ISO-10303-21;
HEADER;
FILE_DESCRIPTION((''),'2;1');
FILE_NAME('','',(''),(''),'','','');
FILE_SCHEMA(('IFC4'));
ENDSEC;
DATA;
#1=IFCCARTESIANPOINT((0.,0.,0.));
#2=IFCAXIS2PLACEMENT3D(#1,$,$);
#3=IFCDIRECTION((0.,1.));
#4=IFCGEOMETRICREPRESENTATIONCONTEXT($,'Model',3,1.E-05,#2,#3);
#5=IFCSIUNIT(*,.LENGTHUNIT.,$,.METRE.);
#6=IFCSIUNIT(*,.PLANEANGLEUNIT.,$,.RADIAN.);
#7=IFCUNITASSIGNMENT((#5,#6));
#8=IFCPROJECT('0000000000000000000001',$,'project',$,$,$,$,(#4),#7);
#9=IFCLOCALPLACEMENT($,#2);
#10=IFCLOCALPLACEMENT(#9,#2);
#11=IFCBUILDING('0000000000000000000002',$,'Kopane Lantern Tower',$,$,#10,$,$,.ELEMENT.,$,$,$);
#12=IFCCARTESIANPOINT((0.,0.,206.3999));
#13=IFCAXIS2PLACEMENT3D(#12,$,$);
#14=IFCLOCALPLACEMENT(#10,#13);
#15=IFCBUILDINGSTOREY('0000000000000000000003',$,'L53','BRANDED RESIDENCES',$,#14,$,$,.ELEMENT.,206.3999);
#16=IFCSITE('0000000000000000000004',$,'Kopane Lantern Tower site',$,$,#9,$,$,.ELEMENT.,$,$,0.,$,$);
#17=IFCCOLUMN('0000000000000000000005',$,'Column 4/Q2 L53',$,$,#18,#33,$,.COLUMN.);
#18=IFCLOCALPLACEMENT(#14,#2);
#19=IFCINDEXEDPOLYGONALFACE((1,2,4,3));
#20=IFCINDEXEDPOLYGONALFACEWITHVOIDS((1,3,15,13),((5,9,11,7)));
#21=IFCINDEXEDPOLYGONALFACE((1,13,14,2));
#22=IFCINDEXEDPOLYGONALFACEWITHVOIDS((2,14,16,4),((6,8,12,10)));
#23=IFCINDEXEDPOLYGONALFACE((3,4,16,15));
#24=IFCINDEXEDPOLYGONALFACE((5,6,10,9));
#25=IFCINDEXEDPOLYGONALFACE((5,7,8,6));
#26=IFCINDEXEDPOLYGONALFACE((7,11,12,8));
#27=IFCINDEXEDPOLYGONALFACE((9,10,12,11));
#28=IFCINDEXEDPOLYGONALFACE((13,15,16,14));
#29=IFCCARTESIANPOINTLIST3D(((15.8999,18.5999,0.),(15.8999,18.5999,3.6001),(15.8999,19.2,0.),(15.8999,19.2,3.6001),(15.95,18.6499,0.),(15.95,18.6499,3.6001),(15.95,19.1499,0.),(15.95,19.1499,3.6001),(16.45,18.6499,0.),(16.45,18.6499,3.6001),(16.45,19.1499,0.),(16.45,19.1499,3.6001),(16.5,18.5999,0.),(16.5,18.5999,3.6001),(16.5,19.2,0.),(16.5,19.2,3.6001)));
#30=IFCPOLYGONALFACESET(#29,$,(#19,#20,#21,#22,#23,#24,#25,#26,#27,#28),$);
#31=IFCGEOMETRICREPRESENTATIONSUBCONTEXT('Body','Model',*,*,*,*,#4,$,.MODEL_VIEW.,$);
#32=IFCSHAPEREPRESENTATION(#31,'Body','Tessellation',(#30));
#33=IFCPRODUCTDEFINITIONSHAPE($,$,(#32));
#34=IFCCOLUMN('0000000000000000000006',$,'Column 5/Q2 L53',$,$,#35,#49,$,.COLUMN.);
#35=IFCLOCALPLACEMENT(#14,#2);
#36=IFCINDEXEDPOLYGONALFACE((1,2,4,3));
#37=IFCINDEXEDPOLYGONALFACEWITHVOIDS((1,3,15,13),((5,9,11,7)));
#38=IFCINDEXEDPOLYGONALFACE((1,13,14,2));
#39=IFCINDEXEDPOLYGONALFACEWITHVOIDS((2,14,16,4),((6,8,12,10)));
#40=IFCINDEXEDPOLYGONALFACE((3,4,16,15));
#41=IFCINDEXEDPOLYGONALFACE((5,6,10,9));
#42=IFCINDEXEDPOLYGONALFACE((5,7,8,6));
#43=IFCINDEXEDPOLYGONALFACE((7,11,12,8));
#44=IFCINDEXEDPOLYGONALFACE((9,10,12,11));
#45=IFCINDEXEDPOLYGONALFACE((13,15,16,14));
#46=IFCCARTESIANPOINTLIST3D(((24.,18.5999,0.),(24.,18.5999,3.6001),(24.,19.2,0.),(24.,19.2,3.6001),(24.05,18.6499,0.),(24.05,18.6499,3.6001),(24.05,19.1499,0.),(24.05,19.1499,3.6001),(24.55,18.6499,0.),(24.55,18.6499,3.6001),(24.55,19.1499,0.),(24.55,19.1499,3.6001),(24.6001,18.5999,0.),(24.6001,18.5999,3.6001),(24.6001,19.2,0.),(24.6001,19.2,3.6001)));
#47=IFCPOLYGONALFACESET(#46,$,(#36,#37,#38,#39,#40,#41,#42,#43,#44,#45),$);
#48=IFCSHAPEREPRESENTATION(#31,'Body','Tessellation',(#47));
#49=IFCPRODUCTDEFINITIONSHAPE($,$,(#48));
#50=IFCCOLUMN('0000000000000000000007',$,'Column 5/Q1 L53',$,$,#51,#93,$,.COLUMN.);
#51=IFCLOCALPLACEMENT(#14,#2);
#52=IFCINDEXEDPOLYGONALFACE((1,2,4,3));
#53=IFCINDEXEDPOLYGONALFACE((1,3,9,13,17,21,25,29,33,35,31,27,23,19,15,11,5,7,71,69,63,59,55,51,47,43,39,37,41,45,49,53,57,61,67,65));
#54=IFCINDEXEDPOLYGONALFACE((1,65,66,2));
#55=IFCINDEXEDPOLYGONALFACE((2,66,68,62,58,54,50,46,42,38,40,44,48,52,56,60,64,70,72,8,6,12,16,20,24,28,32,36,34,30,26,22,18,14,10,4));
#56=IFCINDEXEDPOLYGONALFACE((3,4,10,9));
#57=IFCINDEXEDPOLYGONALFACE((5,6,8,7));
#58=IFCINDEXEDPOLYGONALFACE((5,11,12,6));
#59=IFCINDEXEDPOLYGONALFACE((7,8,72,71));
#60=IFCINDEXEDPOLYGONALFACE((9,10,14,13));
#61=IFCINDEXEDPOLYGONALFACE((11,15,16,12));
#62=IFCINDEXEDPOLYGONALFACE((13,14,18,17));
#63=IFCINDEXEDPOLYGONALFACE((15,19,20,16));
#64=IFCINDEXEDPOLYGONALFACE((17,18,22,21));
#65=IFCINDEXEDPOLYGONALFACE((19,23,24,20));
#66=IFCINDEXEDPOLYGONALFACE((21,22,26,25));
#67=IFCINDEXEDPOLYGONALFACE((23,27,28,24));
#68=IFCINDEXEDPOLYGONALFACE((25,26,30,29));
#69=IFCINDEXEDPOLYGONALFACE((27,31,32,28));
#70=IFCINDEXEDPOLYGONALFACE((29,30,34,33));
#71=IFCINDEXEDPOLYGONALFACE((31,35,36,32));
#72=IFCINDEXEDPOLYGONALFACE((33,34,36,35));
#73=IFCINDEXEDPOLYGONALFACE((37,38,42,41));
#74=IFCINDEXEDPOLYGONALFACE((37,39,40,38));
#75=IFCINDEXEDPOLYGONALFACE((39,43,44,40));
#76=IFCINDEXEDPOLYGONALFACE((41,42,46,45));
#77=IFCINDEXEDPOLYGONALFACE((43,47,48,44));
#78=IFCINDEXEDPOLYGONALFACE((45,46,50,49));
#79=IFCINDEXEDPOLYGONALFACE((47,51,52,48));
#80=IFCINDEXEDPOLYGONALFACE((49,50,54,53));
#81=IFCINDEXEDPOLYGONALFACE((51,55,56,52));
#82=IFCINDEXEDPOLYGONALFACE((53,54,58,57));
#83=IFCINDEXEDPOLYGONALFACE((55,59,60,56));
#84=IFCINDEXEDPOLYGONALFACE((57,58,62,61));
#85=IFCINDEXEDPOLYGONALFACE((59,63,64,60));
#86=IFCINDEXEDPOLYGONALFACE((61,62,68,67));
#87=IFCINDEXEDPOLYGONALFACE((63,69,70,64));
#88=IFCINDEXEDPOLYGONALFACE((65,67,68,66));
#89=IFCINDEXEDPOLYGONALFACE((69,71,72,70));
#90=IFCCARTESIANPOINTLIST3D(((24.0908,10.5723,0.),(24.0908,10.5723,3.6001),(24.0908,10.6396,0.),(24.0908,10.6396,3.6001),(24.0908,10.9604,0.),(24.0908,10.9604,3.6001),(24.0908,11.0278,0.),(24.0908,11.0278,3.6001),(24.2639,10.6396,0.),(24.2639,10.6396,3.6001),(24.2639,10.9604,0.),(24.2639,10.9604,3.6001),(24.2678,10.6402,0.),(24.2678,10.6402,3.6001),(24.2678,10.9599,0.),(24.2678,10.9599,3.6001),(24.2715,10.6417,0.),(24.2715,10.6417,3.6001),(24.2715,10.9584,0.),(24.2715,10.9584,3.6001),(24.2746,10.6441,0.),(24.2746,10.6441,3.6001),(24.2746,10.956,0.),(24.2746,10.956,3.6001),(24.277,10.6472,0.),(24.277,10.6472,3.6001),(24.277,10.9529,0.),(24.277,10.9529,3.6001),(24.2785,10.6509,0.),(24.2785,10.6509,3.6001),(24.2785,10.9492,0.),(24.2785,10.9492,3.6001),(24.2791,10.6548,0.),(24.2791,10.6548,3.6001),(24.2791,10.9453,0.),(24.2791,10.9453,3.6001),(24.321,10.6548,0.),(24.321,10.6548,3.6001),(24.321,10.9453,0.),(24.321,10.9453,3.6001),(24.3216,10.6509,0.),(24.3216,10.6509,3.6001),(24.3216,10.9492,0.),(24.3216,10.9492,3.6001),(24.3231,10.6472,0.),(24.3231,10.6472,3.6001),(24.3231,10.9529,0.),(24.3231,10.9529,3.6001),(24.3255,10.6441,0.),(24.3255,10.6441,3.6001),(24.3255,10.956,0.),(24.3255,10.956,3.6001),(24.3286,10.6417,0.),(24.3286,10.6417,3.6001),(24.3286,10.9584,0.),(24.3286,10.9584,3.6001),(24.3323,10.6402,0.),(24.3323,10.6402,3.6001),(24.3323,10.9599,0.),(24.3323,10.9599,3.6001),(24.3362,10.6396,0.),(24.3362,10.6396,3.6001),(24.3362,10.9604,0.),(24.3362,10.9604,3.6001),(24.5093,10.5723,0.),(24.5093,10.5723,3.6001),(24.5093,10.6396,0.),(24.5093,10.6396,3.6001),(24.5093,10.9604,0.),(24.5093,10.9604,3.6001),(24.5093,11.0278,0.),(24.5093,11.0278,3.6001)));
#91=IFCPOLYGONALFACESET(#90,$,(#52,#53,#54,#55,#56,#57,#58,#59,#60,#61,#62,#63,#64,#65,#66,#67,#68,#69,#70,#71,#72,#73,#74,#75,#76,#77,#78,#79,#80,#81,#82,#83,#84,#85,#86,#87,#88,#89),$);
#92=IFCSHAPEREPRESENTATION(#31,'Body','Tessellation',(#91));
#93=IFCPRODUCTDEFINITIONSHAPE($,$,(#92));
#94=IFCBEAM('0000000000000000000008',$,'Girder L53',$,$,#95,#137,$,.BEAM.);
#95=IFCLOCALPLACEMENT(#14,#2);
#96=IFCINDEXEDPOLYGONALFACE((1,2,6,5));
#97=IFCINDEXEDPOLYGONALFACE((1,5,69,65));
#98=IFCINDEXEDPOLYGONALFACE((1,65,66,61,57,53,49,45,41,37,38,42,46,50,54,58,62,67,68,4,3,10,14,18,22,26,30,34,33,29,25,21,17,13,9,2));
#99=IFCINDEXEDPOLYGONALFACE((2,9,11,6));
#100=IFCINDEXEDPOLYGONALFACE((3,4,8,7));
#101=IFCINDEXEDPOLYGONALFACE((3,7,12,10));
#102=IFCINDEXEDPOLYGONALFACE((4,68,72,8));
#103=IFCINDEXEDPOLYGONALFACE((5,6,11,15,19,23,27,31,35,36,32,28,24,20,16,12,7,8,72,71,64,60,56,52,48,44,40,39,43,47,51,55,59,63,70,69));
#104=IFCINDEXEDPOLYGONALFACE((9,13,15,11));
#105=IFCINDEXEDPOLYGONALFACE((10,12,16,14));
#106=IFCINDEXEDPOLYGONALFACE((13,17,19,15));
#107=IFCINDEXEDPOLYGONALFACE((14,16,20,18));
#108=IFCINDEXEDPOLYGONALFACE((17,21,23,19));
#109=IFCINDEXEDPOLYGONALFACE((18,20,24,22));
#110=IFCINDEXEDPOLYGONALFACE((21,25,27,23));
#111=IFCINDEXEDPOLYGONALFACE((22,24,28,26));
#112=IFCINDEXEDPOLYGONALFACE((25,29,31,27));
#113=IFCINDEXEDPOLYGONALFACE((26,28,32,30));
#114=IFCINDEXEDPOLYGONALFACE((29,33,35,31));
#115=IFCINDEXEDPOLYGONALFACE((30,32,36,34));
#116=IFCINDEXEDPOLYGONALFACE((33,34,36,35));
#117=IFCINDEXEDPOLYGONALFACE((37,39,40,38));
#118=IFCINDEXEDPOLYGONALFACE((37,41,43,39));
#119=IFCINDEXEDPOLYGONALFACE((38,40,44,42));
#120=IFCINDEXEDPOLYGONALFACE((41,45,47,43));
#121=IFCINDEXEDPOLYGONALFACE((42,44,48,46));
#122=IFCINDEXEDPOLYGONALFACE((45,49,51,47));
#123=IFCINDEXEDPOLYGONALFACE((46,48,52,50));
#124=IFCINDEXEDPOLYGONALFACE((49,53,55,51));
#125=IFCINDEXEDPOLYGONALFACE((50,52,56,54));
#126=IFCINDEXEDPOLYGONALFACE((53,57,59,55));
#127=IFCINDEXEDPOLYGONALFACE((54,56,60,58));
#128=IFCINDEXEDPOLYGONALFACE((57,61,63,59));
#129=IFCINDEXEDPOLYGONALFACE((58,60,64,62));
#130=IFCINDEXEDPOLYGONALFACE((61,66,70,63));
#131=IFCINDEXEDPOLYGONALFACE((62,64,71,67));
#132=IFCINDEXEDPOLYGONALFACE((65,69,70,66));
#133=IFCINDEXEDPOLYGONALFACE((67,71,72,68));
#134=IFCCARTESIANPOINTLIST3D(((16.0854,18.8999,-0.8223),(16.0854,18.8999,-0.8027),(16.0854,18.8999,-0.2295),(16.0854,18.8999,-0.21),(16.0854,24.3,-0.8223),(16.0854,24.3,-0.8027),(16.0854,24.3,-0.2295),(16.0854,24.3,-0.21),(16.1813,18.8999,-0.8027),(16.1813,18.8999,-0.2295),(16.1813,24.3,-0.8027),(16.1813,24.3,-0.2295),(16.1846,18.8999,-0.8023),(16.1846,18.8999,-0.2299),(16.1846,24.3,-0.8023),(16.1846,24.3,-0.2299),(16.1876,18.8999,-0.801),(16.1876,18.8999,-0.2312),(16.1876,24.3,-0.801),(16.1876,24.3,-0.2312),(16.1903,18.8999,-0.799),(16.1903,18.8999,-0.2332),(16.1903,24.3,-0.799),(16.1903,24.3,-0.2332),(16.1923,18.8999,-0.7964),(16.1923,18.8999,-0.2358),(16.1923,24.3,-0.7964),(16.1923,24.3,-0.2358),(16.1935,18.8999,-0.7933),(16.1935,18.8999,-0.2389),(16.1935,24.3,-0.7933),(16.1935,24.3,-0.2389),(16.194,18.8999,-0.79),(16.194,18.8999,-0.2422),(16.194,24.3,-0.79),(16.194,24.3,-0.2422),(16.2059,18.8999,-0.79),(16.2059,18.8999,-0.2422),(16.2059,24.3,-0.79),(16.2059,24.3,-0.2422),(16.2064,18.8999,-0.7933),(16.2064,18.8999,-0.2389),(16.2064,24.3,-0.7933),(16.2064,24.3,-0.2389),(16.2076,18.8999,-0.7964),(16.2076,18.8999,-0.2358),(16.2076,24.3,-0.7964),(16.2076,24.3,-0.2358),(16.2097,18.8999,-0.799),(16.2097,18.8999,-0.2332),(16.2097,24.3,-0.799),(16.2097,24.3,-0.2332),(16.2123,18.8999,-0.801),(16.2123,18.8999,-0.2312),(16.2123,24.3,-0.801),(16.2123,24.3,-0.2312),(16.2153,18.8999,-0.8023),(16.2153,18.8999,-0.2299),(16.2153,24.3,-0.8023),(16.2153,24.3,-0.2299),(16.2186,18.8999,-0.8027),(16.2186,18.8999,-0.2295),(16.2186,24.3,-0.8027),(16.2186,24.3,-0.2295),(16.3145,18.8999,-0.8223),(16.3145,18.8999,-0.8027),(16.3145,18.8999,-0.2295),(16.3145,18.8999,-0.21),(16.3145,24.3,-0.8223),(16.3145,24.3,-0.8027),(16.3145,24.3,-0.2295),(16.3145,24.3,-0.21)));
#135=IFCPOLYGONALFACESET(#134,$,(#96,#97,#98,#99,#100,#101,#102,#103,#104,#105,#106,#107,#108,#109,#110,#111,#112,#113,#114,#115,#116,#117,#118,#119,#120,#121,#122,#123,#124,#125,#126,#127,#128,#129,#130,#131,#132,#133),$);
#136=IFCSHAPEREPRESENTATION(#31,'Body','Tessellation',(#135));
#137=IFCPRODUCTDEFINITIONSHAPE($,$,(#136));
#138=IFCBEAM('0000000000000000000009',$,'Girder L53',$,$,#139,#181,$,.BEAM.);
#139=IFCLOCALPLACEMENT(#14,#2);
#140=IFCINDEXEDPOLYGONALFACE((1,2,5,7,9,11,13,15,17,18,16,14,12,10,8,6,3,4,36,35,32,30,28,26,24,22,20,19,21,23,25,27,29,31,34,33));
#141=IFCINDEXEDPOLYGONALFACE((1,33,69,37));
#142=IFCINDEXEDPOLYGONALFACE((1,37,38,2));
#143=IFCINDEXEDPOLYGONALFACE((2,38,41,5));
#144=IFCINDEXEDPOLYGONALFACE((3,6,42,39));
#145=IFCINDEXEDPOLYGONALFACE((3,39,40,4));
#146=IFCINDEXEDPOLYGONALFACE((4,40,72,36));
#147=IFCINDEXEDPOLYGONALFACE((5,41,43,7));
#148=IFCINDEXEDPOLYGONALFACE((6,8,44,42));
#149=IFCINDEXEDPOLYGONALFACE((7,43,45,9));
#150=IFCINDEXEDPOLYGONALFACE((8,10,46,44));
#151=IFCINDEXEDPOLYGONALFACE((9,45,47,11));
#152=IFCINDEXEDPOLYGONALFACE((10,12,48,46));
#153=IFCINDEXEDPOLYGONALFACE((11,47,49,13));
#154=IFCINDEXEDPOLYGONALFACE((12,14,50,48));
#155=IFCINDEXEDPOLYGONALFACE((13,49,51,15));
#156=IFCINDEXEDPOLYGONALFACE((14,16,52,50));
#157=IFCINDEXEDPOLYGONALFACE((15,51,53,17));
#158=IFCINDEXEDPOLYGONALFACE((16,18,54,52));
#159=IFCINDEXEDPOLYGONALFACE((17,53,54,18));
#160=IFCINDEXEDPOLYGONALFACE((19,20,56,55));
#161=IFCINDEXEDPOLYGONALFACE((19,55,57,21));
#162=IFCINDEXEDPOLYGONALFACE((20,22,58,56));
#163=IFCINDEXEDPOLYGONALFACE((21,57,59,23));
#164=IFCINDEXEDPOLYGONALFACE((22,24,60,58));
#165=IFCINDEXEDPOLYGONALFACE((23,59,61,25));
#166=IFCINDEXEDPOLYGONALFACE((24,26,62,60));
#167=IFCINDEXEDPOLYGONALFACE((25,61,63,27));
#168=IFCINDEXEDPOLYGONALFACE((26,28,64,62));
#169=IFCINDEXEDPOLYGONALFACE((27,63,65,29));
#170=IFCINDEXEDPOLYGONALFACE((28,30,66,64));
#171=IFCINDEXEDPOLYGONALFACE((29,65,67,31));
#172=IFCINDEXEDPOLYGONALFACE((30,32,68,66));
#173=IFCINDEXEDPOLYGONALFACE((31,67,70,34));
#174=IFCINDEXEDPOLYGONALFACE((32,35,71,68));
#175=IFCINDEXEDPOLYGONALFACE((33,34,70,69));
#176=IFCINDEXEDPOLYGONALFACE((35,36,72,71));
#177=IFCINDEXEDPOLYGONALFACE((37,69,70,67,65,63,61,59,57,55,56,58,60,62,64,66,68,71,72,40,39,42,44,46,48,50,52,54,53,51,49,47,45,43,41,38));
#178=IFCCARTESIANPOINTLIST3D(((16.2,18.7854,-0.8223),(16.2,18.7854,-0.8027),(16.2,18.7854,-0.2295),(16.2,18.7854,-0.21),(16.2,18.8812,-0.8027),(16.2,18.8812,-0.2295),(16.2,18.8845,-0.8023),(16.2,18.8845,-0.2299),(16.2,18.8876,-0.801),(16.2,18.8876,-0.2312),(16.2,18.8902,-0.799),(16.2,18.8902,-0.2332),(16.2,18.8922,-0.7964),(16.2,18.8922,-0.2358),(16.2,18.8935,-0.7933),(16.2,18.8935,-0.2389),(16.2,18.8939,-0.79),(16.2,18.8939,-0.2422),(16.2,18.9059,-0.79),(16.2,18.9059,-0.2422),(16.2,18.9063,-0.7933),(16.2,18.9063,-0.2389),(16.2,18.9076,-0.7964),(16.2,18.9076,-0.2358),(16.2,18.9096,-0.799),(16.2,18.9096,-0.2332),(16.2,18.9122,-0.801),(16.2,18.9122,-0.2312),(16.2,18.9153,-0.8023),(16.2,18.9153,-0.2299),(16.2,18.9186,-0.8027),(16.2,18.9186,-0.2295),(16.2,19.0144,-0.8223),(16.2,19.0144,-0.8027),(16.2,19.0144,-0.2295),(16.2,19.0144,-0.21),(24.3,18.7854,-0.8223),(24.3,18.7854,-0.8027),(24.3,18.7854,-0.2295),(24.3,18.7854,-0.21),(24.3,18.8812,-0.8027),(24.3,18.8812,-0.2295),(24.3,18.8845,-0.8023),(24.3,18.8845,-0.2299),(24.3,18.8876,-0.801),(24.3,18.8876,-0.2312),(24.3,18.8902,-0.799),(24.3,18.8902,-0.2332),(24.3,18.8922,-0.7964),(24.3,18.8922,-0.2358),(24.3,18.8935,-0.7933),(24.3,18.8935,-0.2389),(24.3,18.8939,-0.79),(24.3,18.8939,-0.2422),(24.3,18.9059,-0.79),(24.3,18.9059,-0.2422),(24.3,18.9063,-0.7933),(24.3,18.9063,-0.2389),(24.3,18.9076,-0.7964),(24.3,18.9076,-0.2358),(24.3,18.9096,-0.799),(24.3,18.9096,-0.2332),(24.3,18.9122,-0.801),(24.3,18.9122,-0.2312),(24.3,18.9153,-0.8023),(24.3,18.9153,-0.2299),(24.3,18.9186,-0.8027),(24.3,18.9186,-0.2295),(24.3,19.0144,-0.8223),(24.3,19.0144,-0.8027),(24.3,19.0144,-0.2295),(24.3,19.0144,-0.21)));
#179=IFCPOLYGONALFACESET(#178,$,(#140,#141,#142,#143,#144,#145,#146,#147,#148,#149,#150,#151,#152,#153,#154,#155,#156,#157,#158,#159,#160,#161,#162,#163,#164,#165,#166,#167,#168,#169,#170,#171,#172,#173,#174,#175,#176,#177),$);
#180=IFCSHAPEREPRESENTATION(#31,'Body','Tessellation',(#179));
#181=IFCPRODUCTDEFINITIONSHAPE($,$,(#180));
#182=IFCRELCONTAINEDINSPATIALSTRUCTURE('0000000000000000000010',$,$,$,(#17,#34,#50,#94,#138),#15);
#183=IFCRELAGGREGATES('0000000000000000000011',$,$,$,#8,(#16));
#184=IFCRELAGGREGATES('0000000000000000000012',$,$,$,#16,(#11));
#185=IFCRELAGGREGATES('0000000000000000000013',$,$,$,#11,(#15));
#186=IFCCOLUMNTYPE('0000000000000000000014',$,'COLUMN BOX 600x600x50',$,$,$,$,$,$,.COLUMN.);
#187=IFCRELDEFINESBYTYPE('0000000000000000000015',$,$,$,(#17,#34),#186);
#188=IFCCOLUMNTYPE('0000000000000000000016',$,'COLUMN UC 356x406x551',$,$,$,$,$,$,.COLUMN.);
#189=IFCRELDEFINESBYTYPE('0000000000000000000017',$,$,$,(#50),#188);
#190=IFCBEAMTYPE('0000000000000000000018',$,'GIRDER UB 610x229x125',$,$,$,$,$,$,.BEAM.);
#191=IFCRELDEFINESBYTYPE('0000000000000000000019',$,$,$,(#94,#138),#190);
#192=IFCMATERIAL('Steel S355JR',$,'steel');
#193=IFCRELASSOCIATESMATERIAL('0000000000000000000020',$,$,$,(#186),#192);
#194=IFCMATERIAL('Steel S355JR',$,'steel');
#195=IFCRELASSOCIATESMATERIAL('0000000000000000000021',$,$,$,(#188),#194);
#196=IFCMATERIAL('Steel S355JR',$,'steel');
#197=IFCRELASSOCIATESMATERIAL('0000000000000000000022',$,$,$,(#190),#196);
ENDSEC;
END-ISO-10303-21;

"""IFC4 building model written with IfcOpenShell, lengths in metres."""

from ifc_helpers import new_model, si_unit, direction, frame, origin, origin_2d, place, context, subcontext, project, spatial, hollow_rectangle, i_section, extrude, material, material_profile, profile_set, type_object, element, save


model = new_model("IFC4")

# Units and contexts
model_context = context("Model", 3, precision=1e-05, world=origin(), true_north=direction((0.0, 1.0)))
body_context = subcontext(model_context, "Body", "Model", "MODEL_VIEW")
ifc_project = project(units=[si_unit("LENGTHUNIT", "METRE"), si_unit("PLANEANGLEUNIT", "RADIAN")], contexts=[model_context])

# Site, building, storey
site_placement = place(None, origin())
site = spatial("IfcSite", under=ifc_project, at=site_placement, Name="Kopane Lantern Tower site", CompositionType="ELEMENT", RefElevation=0.0)
building_placement = place(site_placement, origin())
building = spatial("IfcBuilding", under=site, at=building_placement, Name="Kopane Lantern Tower", CompositionType="ELEMENT")
storey_placement = place(building_placement, frame((0.0, 0.0, 206.3999)))
storey = spatial("IfcBuildingStorey", under=building, at=storey_placement, Name="L53", Description="BRANDED RESIDENCES", CompositionType="ELEMENT", Elevation=206.3999)

# Columns
ifc_material_1 = material(Name="Steel S355JR", Category="steel")
ifc_material_profile_1 = material_profile(ifc_material_1, hollow_rectangle(XDim=0.6001, YDim=0.6001, WallThickness=0.05, at=origin_2d()), Name="BOX 600x600x50")
ifc_profile_set_1 = profile_set([ifc_material_profile_1], Name="Steel S355JR")
column_type_1 = type_object("IfcColumnType", Name="COLUMN BOX 600x600x50", PredefinedType="COLUMN", material=ifc_profile_set_1)
for number, where, z_axis, x_axis, name in (
    (1, (16.2, 18.8999, 0.0), (0.0, 0.0, 1.0), (1.0, 0.0, 0.0), "Column 4/Q2 L53"),
    (2, (24.3, 18.8999, 0.0), (0.0, 0.0, 1.0), (1.0, 0.0, 0.0), "Column 5/Q2 L53"),
):
    element("IfcColumn", number, at=place(storey_placement, frame(where, z_axis=z_axis, x_axis=x_axis)), inside=storey, type_object=column_type_1, Name=name, PredefinedType="COLUMN", context=body_context, shape_type="SweptSolid", body=[
        extrude(hollow_rectangle(XDim=0.6001, YDim=0.6001, WallThickness=0.05, at=origin_2d()), origin(), (0.0, 0.0, 1.0), 3.6001),
    ])
ifc_material_2 = material(Name="Steel S355JR", Category="steel")
ifc_material_profile_2 = material_profile(ifc_material_2, i_section(OverallWidth=0.4185, OverallDepth=0.4556, WebThickness=0.042, FlangeThickness=0.0674, FilletRadius=0.0151, at=origin_2d()), Name="UC 356x406x551")
ifc_profile_set_2 = profile_set([ifc_material_profile_2], Name="Steel S355JR")
column_type_2 = type_object("IfcColumnType", Name="COLUMN UC 356x406x551", PredefinedType="COLUMN", material=ifc_profile_set_2)
column_placement = place(storey_placement, frame((24.3, 10.8, 0.0), z_axis=(0.0, 0.0, 1.0), x_axis=(1.0, 0.0, 0.0)))
element("IfcColumn", 3, at=column_placement, inside=storey, type_object=column_type_2, Name="Column 5/Q1 L53", PredefinedType="COLUMN", context=body_context, shape_type="SweptSolid", body=[
    extrude(i_section(OverallWidth=0.4185, OverallDepth=0.4556, WebThickness=0.042, FlangeThickness=0.0674, FilletRadius=0.0151, at=origin_2d()), origin(), (0.0, 0.0, 1.0), 3.6001),
])

# Beams
ifc_material_3 = material(Name="Steel S355JR", Category="steel")
ifc_material_profile_3 = material_profile(ifc_material_3, i_section(OverallWidth=0.229, OverallDepth=0.6123, WebThickness=0.012, FlangeThickness=0.0195, FilletRadius=0.0127, at=origin_2d()), Name="UB 610x229x125")
ifc_profile_set_3 = profile_set([ifc_material_profile_3], Name="Steel S355JR")
beam_type = type_object("IfcBeamType", Name="GIRDER UB 610x229x125", PredefinedType="BEAM", material=ifc_profile_set_3)
beam_1_placement = place(storey_placement, frame((16.2, 18.8999, -0.5161), z_axis=(0.0, 1.0, 0.0), x_axis=(-1.0, 0.0, 0.0)))
element("IfcBeam", 4, at=beam_1_placement, inside=storey, type_object=beam_type, Name="Girder L53", PredefinedType="BEAM", context=body_context, shape_type="SweptSolid", body=[
    extrude(i_section(OverallWidth=0.229, OverallDepth=0.6123, WebThickness=0.012, FlangeThickness=0.0195, FilletRadius=0.0127, at=origin_2d()), origin(), (0.0, 0.0, 1.0), 5.4001),
])
beam_2_placement = place(storey_placement, frame((16.2, 18.8999, -0.5161), z_axis=(1.0, 0.0, 0.0), x_axis=(0.0, 1.0, 0.0)))
element("IfcBeam", 5, at=beam_2_placement, inside=storey, type_object=beam_type, Name="Girder L53", PredefinedType="BEAM", context=body_context, shape_type="SweptSolid", body=[
    extrude(i_section(OverallWidth=0.229, OverallDepth=0.6123, WebThickness=0.012, FlangeThickness=0.0195, FilletRadius=0.0127, at=origin_2d()), origin(), (0.0, 0.0, 1.0), 8.1001),
])

save(model, "model.ifc")
